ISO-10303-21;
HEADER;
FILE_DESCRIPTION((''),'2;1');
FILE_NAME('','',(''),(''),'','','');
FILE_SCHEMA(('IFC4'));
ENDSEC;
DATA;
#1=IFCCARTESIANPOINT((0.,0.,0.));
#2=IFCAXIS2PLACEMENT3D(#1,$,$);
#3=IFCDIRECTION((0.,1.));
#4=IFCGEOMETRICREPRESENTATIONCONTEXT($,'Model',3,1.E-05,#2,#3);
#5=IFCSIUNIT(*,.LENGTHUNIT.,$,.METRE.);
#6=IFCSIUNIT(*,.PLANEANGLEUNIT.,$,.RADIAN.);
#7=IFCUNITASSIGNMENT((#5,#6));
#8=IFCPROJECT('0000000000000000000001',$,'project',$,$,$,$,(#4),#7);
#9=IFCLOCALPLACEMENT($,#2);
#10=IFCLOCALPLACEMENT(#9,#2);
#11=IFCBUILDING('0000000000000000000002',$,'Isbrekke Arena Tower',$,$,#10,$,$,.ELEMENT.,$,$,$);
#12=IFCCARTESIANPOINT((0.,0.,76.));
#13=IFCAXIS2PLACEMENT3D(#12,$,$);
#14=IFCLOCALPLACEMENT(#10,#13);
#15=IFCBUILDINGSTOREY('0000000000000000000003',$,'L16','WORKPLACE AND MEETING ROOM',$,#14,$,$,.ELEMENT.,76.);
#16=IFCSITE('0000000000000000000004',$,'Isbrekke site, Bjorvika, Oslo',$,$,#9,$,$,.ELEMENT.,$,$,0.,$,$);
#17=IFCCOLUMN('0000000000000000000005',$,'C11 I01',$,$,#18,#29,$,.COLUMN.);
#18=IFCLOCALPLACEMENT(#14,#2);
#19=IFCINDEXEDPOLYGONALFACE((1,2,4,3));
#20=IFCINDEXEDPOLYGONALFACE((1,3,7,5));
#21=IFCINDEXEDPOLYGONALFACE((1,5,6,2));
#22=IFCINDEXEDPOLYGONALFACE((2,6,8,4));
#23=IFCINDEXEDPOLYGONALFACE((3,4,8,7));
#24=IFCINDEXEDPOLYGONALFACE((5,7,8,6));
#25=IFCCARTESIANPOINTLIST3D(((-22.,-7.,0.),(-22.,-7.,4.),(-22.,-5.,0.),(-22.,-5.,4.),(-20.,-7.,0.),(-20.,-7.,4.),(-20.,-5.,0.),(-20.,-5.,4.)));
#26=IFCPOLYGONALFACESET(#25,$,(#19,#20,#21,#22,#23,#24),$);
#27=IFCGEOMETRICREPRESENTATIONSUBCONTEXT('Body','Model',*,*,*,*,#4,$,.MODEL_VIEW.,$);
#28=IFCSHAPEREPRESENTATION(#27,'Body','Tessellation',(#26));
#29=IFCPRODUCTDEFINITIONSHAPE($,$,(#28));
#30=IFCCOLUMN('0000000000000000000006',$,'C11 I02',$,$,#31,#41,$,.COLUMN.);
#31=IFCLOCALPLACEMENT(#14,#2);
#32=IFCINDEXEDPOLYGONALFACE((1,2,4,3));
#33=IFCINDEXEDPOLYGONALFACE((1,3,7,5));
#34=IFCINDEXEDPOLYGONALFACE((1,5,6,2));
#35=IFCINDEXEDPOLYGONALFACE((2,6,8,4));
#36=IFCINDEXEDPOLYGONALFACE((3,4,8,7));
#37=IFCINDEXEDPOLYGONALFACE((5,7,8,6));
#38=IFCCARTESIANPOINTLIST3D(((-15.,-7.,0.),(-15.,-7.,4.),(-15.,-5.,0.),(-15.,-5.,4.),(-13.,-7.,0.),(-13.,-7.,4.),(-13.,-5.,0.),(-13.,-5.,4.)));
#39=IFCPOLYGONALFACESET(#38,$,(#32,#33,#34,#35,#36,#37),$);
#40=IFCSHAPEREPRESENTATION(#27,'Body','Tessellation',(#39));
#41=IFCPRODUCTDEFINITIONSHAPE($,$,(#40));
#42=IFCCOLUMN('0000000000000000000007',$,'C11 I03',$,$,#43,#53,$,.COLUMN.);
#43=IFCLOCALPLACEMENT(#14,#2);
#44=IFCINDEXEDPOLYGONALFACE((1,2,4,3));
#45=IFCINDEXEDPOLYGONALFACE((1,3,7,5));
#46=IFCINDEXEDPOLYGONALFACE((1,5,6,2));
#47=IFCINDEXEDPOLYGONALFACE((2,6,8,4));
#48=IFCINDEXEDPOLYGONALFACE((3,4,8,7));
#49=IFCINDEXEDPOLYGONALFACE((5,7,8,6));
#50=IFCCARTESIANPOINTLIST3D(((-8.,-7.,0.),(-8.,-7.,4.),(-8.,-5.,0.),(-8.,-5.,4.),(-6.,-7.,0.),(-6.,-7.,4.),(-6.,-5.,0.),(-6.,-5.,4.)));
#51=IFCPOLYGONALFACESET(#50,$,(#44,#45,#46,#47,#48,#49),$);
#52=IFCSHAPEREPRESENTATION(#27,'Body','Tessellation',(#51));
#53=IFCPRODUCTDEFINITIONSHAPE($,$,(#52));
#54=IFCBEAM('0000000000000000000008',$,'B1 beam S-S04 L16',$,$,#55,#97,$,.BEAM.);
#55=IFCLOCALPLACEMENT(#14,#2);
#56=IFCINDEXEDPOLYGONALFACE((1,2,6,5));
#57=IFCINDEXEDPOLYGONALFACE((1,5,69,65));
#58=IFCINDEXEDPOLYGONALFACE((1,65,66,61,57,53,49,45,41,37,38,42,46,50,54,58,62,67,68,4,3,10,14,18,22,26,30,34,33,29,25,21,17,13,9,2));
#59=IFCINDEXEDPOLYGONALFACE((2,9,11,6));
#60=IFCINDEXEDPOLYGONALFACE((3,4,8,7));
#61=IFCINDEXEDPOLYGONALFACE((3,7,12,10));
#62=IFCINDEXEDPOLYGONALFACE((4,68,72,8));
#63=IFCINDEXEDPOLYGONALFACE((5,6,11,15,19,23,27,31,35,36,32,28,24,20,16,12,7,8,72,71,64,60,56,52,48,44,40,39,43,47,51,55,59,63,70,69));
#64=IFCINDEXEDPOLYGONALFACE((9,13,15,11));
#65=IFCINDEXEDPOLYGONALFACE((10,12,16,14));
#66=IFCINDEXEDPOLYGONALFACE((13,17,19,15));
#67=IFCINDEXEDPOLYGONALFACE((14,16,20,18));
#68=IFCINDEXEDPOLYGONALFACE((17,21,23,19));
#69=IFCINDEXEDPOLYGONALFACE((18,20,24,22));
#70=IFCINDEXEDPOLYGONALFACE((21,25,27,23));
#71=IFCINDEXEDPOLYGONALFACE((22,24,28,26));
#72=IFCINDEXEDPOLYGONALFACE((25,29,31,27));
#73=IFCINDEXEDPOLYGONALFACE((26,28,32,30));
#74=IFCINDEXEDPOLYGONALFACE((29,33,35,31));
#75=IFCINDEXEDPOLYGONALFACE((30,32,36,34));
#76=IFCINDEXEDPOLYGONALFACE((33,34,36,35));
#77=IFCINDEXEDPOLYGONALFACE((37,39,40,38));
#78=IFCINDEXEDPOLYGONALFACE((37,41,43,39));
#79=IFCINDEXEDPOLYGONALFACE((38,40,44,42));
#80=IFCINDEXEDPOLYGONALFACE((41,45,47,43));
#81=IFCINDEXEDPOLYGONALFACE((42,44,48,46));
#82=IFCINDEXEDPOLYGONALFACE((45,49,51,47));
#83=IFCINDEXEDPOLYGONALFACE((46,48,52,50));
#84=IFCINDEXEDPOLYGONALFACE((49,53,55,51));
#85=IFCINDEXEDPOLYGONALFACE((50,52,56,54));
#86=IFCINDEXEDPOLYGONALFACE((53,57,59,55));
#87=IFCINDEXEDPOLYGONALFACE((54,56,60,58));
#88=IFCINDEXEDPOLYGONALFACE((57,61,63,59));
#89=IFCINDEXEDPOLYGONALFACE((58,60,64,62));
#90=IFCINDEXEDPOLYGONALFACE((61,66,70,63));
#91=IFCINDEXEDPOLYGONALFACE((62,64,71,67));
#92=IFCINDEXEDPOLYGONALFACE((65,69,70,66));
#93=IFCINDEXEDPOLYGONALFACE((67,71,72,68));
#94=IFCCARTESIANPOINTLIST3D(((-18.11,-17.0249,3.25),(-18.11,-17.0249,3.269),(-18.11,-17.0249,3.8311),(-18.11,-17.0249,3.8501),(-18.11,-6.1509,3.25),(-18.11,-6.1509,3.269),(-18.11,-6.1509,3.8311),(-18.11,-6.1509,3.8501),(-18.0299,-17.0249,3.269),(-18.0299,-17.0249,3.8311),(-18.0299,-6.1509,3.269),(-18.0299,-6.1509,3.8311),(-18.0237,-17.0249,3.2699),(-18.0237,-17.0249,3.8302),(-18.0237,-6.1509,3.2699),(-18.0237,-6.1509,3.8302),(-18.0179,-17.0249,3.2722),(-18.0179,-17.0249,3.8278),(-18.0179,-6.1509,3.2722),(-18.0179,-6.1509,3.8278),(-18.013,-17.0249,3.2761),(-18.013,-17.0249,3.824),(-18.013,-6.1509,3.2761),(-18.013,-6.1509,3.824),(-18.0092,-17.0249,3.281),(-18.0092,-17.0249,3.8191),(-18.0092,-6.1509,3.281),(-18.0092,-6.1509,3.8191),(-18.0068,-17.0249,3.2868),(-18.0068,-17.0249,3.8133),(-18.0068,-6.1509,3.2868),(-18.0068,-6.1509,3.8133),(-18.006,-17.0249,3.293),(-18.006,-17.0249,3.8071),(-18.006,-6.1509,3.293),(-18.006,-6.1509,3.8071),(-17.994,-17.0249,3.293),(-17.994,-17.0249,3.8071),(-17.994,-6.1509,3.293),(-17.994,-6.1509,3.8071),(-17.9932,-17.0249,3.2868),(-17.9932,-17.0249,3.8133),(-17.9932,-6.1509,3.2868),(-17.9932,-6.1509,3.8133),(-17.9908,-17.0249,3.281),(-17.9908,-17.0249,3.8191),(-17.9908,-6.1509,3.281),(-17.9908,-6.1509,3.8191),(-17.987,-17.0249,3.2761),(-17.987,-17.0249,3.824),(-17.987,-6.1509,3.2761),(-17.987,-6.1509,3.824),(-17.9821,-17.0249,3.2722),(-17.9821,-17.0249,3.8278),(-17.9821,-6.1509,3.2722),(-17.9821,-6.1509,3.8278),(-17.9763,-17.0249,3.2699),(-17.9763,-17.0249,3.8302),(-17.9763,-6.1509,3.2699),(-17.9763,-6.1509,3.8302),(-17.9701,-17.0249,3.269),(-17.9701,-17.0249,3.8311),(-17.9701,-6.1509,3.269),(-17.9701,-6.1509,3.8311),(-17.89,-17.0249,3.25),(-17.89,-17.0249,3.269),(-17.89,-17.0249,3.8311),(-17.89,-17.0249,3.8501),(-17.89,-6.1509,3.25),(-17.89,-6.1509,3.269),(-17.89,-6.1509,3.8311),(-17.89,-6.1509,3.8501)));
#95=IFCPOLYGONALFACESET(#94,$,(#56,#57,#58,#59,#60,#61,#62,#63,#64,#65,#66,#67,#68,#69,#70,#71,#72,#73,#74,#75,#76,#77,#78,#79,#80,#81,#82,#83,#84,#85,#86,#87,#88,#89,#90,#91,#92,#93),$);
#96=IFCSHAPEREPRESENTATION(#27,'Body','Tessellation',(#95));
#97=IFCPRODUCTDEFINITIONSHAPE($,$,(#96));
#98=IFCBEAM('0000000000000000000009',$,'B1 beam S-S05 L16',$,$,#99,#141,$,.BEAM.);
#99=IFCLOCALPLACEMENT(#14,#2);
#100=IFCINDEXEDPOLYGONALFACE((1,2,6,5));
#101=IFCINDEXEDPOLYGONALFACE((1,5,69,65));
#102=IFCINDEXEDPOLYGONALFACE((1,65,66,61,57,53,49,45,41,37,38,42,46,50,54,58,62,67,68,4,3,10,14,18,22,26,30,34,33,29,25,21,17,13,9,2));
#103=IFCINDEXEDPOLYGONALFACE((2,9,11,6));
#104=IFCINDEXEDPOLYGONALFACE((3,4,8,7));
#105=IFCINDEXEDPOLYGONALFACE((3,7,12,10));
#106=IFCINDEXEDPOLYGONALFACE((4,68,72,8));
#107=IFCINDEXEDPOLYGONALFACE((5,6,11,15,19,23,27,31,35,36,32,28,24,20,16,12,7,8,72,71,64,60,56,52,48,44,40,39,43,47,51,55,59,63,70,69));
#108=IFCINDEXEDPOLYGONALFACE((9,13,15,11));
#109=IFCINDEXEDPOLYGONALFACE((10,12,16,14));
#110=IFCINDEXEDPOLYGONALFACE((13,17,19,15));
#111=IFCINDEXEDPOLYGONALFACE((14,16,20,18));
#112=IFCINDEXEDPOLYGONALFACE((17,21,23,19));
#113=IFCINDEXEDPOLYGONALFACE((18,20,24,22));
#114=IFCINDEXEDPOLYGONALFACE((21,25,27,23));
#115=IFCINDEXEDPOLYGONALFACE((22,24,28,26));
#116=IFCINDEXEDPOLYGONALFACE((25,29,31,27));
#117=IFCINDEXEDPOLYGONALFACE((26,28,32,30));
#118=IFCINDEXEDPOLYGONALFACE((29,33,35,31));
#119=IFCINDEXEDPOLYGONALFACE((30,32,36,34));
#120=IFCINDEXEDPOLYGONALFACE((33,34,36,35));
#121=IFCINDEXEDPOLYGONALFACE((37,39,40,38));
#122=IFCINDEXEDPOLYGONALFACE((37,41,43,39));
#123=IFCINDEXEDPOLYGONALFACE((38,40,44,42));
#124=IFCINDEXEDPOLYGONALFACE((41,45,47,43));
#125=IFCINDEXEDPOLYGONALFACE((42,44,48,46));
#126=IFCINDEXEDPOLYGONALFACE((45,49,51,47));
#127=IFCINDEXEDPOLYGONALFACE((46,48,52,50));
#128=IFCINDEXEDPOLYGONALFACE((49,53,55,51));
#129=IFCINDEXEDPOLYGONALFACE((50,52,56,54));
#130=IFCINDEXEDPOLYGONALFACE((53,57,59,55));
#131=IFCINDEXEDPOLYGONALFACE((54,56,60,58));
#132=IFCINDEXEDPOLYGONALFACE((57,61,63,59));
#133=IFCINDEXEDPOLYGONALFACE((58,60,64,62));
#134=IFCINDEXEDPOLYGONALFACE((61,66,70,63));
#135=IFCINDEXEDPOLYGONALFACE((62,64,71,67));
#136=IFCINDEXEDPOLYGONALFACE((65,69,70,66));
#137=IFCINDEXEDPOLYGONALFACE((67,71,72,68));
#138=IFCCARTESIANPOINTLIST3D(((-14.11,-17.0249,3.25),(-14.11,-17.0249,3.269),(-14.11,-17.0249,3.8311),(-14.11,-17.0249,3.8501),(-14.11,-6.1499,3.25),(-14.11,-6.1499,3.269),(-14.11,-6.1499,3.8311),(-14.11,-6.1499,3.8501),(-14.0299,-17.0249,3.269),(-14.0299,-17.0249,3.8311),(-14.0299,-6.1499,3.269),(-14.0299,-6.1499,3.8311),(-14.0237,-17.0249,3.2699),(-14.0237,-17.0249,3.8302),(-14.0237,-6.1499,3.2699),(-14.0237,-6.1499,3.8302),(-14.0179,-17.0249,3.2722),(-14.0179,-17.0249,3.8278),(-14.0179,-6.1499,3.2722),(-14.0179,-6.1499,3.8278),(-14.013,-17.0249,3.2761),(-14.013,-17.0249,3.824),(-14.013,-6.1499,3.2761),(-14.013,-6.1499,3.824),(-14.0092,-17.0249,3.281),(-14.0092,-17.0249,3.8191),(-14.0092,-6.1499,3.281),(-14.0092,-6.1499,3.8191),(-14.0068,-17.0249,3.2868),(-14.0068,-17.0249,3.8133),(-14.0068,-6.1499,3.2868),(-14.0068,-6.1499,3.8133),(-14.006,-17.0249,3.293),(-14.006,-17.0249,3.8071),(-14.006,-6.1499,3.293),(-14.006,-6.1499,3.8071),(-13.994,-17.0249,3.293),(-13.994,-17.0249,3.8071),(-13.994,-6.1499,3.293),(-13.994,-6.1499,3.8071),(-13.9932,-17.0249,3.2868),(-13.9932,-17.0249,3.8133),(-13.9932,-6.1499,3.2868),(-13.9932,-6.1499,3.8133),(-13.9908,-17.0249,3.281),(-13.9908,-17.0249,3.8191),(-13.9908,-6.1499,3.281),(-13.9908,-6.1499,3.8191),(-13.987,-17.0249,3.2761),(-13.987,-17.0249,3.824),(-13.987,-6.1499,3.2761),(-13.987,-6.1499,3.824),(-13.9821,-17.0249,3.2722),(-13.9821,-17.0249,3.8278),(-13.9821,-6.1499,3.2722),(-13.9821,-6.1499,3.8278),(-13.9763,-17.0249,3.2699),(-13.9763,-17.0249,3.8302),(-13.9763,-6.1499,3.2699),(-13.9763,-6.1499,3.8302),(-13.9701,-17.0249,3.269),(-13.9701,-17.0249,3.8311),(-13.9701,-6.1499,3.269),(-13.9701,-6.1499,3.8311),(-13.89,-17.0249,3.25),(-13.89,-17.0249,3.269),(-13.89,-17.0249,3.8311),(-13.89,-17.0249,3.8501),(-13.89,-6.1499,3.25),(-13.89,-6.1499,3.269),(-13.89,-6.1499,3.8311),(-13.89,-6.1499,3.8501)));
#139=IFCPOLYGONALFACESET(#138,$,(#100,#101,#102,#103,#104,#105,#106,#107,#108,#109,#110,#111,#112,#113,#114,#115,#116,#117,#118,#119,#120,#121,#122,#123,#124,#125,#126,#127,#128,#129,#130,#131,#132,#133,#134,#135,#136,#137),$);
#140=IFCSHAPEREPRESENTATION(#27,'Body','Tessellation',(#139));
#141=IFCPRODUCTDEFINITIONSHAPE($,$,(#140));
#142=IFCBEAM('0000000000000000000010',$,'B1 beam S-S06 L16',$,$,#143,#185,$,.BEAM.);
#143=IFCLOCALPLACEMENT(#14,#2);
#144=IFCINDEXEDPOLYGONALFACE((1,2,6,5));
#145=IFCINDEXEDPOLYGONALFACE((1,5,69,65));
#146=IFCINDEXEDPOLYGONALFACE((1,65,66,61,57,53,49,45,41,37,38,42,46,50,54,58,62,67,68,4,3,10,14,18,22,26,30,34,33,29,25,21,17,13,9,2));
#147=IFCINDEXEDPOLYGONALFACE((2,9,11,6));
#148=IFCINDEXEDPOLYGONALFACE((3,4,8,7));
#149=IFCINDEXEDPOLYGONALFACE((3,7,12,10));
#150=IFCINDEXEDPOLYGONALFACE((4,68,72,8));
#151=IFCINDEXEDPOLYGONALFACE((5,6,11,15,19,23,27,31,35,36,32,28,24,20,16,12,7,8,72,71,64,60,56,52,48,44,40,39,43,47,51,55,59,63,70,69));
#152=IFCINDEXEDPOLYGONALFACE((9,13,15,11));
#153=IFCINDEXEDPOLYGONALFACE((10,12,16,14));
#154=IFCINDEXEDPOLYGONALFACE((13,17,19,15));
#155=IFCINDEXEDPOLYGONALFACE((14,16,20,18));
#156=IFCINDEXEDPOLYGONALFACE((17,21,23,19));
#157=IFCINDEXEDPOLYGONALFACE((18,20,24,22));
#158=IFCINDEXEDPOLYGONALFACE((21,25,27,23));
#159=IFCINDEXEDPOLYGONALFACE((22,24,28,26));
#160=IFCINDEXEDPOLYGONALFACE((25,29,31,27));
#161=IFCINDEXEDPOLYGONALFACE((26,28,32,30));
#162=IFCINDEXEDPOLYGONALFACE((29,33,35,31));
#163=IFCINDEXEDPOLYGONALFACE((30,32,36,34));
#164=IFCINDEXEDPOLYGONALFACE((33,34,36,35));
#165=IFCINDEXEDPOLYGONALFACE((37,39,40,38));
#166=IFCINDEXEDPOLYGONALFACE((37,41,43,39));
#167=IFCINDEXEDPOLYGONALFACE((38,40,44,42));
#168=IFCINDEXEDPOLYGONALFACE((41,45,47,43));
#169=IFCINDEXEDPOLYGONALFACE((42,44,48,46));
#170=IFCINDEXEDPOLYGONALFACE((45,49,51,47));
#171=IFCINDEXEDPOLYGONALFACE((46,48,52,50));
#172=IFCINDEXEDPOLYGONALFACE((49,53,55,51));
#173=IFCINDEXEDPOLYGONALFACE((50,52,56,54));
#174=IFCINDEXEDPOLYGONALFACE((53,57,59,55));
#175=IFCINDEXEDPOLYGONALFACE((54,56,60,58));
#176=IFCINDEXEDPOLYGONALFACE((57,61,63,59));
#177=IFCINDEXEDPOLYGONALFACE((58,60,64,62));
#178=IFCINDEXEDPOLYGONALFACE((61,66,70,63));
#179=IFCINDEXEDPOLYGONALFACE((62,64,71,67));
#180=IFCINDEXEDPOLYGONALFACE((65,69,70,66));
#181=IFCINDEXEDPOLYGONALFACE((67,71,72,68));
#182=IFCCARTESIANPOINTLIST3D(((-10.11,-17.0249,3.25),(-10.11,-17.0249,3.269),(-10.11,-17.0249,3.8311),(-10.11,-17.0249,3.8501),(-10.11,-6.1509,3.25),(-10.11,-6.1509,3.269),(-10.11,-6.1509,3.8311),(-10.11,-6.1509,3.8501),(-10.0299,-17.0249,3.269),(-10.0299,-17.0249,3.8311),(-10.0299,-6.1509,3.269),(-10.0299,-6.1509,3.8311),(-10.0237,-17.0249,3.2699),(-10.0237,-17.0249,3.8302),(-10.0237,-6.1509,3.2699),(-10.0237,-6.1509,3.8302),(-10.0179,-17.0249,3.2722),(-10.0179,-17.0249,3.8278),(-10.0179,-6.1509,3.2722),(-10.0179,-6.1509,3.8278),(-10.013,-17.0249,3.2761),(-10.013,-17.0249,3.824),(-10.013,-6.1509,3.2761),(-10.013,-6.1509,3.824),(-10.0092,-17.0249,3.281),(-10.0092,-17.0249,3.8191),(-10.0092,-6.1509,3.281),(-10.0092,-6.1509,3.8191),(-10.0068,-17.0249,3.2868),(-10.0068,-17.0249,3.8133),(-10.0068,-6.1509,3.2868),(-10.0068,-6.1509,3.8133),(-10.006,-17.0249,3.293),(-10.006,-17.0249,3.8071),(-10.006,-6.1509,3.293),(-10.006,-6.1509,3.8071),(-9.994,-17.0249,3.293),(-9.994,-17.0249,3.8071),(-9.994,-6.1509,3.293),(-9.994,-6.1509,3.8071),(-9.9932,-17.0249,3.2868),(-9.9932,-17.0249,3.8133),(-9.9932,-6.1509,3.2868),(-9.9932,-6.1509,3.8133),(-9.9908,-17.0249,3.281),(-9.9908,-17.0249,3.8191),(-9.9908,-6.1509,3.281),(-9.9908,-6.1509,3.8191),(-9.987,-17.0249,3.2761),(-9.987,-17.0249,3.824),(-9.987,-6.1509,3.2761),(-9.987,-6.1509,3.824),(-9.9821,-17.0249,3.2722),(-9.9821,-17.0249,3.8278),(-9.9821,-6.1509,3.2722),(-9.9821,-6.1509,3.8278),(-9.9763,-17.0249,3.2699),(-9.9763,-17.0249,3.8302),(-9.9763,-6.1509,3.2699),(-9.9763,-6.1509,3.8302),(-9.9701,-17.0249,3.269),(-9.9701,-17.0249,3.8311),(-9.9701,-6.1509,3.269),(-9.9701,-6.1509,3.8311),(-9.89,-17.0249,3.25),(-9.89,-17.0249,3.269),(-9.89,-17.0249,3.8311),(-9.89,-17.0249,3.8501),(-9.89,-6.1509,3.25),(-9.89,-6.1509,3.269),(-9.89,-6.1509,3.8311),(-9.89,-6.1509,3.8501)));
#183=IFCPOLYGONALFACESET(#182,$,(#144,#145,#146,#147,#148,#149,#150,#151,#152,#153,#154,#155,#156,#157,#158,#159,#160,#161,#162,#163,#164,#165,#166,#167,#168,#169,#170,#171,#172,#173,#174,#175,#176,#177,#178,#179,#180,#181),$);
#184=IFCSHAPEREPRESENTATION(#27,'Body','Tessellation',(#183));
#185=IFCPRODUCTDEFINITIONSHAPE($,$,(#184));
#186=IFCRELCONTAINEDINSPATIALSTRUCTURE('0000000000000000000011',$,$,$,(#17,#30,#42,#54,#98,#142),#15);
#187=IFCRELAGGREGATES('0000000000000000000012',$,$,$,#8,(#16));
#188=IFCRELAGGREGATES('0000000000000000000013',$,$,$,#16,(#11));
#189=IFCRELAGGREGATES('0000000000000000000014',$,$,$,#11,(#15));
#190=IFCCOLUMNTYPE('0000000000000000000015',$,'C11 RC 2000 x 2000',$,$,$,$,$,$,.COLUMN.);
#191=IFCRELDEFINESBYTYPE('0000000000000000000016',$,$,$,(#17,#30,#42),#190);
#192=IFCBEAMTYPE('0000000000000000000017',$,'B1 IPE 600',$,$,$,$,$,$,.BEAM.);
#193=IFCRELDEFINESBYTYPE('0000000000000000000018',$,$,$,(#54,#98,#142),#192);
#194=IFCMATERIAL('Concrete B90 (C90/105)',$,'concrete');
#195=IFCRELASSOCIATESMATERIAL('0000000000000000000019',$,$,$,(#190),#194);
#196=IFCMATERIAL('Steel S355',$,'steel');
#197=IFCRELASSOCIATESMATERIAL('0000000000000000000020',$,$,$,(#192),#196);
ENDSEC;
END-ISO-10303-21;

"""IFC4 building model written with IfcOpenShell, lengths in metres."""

from ifc_helpers import new_model, si_unit, direction, frame, origin, origin_2d, place, context, subcontext, project, spatial, rectangle, i_section, extrude, material, material_profile, profile_set, type_object, element, save


model = new_model("IFC4")

# Units and contexts
model_context = context("Model", 3, precision=1e-05, world=origin(), true_north=direction((0.0, 1.0)))
body_context = subcontext(model_context, "Body", "Model", "MODEL_VIEW")
ifc_project = project(units=[si_unit("LENGTHUNIT", "METRE"), si_unit("PLANEANGLEUNIT", "RADIAN")], contexts=[model_context])

# Site, building, storey
site_placement = place(None, origin())
site = spatial("IfcSite", under=ifc_project, at=site_placement, Name="Isbrekke site, Bjorvika, Oslo", CompositionType="ELEMENT", RefElevation=0.0)
building_placement = place(site_placement, origin())
building = spatial("IfcBuilding", under=site, at=building_placement, Name="Isbrekke Arena Tower", CompositionType="ELEMENT")
storey_placement = place(building_placement, frame((0.0, 0.0, 76.0)))
storey = spatial("IfcBuildingStorey", under=building, at=storey_placement, Name="L16", Description="WORKPLACE AND MEETING ROOM", CompositionType="ELEMENT", Elevation=76.0)

# Columns
ifc_material_1 = material(Name="Concrete B90 (C90/105)", Category="concrete")
ifc_material_profile_1 = material_profile(ifc_material_1, rectangle(XDim=2.0, YDim=2.0, at=origin_2d()), Name="RC 2000x2000")
ifc_profile_set_1 = profile_set([ifc_material_profile_1], Name="Concrete B90 (C90/105)")
column_type = type_object("IfcColumnType", Name="C11 RC 2000 x 2000", PredefinedType="COLUMN", material=ifc_profile_set_1)
for number, where, z_axis, x_axis, name in (
    (1, (-21.0, -6.0, 0.0), (0.0, 0.0, 1.0), (1.0, 0.0, 0.0), "C11 I01"),
    (2, (-14.0, -6.0, 0.0), (0.0, 0.0, 1.0), (1.0, 0.0, 0.0), "C11 I02"),
    (3, (-7.0, -6.0, 0.0), (0.0, 0.0, 1.0), (1.0, 0.0, 0.0), "C11 I03"),
):
    element("IfcColumn", number, at=place(storey_placement, frame(where, z_axis=z_axis, x_axis=x_axis)), inside=storey, type_object=column_type, Name=name, PredefinedType="COLUMN", context=body_context, shape_type="SweptSolid", body=[
        extrude(rectangle(XDim=2.0, YDim=2.0, at=origin_2d()), origin(), (0.0, 0.0, 1.0), 4.0),
    ])

# Beams
ifc_material_2 = material(Name="Steel S355", Category="steel")
ifc_material_profile_2 = material_profile(ifc_material_2, i_section(OverallWidth=0.22, OverallDepth=0.6001, WebThickness=0.012, FlangeThickness=0.019, FilletRadius=0.0239, at=origin_2d()), Name="IPE 600")
ifc_profile_set_2 = profile_set([ifc_material_profile_2], Name="Steel S355")
beam_type_1 = type_object("IfcBeamType", Name="B1 IPE 600", PredefinedType="BEAM", material=ifc_profile_set_2)
beam_1_placement = place(storey_placement, frame((-18.0, -17.0249, 3.55), z_axis=(0.0, 1.0, 0.0), x_axis=(-1.0, 0.0, 0.0)))
element("IfcBeam", 4, at=beam_1_placement, inside=storey, type_object=beam_type_1, Name="B1 beam S-S04 L16", PredefinedType="BEAM", context=body_context, shape_type="SweptSolid", body=[
    extrude(i_section(OverallWidth=0.22, OverallDepth=0.6001, WebThickness=0.012, FlangeThickness=0.019, FilletRadius=0.0239, at=origin_2d()), origin(), (0.0, 0.0, 1.0), 10.874),
])
beam_2_placement = place(storey_placement, frame((-14.0, -17.0249, 3.55), z_axis=(0.0, 1.0, 0.0), x_axis=(-1.0, 0.0, 0.0)))
element("IfcBeam", 5, at=beam_2_placement, inside=storey, type_object=beam_type_1, Name="B1 beam S-S05 L16", PredefinedType="BEAM", context=body_context, shape_type="SweptSolid", body=[
    extrude(i_section(OverallWidth=0.22, OverallDepth=0.6001, WebThickness=0.012, FlangeThickness=0.019, FilletRadius=0.0239, at=origin_2d()), origin(), (0.0, 0.0, 1.0), 10.875),
])
for number, where, z_axis, x_axis, name in (
    (6, (-10.0, -17.0249, 3.55), (0.0, 1.0, 0.0), (-1.0, 0.0, 0.0), "B1 beam S-S06 L16"),
):
    element("IfcBeam", number, at=place(storey_placement, frame(where, z_axis=z_axis, x_axis=x_axis)), inside=storey, type_object=beam_type_1, Name=name, PredefinedType="BEAM", context=body_context, shape_type="SweptSolid", body=[
        extrude(i_section(OverallWidth=0.22, OverallDepth=0.6001, WebThickness=0.012, FlangeThickness=0.019, FilletRadius=0.0239, at=origin_2d()), origin(), (0.0, 0.0, 1.0), 10.874),
    ])

save(model, "model.ifc")
